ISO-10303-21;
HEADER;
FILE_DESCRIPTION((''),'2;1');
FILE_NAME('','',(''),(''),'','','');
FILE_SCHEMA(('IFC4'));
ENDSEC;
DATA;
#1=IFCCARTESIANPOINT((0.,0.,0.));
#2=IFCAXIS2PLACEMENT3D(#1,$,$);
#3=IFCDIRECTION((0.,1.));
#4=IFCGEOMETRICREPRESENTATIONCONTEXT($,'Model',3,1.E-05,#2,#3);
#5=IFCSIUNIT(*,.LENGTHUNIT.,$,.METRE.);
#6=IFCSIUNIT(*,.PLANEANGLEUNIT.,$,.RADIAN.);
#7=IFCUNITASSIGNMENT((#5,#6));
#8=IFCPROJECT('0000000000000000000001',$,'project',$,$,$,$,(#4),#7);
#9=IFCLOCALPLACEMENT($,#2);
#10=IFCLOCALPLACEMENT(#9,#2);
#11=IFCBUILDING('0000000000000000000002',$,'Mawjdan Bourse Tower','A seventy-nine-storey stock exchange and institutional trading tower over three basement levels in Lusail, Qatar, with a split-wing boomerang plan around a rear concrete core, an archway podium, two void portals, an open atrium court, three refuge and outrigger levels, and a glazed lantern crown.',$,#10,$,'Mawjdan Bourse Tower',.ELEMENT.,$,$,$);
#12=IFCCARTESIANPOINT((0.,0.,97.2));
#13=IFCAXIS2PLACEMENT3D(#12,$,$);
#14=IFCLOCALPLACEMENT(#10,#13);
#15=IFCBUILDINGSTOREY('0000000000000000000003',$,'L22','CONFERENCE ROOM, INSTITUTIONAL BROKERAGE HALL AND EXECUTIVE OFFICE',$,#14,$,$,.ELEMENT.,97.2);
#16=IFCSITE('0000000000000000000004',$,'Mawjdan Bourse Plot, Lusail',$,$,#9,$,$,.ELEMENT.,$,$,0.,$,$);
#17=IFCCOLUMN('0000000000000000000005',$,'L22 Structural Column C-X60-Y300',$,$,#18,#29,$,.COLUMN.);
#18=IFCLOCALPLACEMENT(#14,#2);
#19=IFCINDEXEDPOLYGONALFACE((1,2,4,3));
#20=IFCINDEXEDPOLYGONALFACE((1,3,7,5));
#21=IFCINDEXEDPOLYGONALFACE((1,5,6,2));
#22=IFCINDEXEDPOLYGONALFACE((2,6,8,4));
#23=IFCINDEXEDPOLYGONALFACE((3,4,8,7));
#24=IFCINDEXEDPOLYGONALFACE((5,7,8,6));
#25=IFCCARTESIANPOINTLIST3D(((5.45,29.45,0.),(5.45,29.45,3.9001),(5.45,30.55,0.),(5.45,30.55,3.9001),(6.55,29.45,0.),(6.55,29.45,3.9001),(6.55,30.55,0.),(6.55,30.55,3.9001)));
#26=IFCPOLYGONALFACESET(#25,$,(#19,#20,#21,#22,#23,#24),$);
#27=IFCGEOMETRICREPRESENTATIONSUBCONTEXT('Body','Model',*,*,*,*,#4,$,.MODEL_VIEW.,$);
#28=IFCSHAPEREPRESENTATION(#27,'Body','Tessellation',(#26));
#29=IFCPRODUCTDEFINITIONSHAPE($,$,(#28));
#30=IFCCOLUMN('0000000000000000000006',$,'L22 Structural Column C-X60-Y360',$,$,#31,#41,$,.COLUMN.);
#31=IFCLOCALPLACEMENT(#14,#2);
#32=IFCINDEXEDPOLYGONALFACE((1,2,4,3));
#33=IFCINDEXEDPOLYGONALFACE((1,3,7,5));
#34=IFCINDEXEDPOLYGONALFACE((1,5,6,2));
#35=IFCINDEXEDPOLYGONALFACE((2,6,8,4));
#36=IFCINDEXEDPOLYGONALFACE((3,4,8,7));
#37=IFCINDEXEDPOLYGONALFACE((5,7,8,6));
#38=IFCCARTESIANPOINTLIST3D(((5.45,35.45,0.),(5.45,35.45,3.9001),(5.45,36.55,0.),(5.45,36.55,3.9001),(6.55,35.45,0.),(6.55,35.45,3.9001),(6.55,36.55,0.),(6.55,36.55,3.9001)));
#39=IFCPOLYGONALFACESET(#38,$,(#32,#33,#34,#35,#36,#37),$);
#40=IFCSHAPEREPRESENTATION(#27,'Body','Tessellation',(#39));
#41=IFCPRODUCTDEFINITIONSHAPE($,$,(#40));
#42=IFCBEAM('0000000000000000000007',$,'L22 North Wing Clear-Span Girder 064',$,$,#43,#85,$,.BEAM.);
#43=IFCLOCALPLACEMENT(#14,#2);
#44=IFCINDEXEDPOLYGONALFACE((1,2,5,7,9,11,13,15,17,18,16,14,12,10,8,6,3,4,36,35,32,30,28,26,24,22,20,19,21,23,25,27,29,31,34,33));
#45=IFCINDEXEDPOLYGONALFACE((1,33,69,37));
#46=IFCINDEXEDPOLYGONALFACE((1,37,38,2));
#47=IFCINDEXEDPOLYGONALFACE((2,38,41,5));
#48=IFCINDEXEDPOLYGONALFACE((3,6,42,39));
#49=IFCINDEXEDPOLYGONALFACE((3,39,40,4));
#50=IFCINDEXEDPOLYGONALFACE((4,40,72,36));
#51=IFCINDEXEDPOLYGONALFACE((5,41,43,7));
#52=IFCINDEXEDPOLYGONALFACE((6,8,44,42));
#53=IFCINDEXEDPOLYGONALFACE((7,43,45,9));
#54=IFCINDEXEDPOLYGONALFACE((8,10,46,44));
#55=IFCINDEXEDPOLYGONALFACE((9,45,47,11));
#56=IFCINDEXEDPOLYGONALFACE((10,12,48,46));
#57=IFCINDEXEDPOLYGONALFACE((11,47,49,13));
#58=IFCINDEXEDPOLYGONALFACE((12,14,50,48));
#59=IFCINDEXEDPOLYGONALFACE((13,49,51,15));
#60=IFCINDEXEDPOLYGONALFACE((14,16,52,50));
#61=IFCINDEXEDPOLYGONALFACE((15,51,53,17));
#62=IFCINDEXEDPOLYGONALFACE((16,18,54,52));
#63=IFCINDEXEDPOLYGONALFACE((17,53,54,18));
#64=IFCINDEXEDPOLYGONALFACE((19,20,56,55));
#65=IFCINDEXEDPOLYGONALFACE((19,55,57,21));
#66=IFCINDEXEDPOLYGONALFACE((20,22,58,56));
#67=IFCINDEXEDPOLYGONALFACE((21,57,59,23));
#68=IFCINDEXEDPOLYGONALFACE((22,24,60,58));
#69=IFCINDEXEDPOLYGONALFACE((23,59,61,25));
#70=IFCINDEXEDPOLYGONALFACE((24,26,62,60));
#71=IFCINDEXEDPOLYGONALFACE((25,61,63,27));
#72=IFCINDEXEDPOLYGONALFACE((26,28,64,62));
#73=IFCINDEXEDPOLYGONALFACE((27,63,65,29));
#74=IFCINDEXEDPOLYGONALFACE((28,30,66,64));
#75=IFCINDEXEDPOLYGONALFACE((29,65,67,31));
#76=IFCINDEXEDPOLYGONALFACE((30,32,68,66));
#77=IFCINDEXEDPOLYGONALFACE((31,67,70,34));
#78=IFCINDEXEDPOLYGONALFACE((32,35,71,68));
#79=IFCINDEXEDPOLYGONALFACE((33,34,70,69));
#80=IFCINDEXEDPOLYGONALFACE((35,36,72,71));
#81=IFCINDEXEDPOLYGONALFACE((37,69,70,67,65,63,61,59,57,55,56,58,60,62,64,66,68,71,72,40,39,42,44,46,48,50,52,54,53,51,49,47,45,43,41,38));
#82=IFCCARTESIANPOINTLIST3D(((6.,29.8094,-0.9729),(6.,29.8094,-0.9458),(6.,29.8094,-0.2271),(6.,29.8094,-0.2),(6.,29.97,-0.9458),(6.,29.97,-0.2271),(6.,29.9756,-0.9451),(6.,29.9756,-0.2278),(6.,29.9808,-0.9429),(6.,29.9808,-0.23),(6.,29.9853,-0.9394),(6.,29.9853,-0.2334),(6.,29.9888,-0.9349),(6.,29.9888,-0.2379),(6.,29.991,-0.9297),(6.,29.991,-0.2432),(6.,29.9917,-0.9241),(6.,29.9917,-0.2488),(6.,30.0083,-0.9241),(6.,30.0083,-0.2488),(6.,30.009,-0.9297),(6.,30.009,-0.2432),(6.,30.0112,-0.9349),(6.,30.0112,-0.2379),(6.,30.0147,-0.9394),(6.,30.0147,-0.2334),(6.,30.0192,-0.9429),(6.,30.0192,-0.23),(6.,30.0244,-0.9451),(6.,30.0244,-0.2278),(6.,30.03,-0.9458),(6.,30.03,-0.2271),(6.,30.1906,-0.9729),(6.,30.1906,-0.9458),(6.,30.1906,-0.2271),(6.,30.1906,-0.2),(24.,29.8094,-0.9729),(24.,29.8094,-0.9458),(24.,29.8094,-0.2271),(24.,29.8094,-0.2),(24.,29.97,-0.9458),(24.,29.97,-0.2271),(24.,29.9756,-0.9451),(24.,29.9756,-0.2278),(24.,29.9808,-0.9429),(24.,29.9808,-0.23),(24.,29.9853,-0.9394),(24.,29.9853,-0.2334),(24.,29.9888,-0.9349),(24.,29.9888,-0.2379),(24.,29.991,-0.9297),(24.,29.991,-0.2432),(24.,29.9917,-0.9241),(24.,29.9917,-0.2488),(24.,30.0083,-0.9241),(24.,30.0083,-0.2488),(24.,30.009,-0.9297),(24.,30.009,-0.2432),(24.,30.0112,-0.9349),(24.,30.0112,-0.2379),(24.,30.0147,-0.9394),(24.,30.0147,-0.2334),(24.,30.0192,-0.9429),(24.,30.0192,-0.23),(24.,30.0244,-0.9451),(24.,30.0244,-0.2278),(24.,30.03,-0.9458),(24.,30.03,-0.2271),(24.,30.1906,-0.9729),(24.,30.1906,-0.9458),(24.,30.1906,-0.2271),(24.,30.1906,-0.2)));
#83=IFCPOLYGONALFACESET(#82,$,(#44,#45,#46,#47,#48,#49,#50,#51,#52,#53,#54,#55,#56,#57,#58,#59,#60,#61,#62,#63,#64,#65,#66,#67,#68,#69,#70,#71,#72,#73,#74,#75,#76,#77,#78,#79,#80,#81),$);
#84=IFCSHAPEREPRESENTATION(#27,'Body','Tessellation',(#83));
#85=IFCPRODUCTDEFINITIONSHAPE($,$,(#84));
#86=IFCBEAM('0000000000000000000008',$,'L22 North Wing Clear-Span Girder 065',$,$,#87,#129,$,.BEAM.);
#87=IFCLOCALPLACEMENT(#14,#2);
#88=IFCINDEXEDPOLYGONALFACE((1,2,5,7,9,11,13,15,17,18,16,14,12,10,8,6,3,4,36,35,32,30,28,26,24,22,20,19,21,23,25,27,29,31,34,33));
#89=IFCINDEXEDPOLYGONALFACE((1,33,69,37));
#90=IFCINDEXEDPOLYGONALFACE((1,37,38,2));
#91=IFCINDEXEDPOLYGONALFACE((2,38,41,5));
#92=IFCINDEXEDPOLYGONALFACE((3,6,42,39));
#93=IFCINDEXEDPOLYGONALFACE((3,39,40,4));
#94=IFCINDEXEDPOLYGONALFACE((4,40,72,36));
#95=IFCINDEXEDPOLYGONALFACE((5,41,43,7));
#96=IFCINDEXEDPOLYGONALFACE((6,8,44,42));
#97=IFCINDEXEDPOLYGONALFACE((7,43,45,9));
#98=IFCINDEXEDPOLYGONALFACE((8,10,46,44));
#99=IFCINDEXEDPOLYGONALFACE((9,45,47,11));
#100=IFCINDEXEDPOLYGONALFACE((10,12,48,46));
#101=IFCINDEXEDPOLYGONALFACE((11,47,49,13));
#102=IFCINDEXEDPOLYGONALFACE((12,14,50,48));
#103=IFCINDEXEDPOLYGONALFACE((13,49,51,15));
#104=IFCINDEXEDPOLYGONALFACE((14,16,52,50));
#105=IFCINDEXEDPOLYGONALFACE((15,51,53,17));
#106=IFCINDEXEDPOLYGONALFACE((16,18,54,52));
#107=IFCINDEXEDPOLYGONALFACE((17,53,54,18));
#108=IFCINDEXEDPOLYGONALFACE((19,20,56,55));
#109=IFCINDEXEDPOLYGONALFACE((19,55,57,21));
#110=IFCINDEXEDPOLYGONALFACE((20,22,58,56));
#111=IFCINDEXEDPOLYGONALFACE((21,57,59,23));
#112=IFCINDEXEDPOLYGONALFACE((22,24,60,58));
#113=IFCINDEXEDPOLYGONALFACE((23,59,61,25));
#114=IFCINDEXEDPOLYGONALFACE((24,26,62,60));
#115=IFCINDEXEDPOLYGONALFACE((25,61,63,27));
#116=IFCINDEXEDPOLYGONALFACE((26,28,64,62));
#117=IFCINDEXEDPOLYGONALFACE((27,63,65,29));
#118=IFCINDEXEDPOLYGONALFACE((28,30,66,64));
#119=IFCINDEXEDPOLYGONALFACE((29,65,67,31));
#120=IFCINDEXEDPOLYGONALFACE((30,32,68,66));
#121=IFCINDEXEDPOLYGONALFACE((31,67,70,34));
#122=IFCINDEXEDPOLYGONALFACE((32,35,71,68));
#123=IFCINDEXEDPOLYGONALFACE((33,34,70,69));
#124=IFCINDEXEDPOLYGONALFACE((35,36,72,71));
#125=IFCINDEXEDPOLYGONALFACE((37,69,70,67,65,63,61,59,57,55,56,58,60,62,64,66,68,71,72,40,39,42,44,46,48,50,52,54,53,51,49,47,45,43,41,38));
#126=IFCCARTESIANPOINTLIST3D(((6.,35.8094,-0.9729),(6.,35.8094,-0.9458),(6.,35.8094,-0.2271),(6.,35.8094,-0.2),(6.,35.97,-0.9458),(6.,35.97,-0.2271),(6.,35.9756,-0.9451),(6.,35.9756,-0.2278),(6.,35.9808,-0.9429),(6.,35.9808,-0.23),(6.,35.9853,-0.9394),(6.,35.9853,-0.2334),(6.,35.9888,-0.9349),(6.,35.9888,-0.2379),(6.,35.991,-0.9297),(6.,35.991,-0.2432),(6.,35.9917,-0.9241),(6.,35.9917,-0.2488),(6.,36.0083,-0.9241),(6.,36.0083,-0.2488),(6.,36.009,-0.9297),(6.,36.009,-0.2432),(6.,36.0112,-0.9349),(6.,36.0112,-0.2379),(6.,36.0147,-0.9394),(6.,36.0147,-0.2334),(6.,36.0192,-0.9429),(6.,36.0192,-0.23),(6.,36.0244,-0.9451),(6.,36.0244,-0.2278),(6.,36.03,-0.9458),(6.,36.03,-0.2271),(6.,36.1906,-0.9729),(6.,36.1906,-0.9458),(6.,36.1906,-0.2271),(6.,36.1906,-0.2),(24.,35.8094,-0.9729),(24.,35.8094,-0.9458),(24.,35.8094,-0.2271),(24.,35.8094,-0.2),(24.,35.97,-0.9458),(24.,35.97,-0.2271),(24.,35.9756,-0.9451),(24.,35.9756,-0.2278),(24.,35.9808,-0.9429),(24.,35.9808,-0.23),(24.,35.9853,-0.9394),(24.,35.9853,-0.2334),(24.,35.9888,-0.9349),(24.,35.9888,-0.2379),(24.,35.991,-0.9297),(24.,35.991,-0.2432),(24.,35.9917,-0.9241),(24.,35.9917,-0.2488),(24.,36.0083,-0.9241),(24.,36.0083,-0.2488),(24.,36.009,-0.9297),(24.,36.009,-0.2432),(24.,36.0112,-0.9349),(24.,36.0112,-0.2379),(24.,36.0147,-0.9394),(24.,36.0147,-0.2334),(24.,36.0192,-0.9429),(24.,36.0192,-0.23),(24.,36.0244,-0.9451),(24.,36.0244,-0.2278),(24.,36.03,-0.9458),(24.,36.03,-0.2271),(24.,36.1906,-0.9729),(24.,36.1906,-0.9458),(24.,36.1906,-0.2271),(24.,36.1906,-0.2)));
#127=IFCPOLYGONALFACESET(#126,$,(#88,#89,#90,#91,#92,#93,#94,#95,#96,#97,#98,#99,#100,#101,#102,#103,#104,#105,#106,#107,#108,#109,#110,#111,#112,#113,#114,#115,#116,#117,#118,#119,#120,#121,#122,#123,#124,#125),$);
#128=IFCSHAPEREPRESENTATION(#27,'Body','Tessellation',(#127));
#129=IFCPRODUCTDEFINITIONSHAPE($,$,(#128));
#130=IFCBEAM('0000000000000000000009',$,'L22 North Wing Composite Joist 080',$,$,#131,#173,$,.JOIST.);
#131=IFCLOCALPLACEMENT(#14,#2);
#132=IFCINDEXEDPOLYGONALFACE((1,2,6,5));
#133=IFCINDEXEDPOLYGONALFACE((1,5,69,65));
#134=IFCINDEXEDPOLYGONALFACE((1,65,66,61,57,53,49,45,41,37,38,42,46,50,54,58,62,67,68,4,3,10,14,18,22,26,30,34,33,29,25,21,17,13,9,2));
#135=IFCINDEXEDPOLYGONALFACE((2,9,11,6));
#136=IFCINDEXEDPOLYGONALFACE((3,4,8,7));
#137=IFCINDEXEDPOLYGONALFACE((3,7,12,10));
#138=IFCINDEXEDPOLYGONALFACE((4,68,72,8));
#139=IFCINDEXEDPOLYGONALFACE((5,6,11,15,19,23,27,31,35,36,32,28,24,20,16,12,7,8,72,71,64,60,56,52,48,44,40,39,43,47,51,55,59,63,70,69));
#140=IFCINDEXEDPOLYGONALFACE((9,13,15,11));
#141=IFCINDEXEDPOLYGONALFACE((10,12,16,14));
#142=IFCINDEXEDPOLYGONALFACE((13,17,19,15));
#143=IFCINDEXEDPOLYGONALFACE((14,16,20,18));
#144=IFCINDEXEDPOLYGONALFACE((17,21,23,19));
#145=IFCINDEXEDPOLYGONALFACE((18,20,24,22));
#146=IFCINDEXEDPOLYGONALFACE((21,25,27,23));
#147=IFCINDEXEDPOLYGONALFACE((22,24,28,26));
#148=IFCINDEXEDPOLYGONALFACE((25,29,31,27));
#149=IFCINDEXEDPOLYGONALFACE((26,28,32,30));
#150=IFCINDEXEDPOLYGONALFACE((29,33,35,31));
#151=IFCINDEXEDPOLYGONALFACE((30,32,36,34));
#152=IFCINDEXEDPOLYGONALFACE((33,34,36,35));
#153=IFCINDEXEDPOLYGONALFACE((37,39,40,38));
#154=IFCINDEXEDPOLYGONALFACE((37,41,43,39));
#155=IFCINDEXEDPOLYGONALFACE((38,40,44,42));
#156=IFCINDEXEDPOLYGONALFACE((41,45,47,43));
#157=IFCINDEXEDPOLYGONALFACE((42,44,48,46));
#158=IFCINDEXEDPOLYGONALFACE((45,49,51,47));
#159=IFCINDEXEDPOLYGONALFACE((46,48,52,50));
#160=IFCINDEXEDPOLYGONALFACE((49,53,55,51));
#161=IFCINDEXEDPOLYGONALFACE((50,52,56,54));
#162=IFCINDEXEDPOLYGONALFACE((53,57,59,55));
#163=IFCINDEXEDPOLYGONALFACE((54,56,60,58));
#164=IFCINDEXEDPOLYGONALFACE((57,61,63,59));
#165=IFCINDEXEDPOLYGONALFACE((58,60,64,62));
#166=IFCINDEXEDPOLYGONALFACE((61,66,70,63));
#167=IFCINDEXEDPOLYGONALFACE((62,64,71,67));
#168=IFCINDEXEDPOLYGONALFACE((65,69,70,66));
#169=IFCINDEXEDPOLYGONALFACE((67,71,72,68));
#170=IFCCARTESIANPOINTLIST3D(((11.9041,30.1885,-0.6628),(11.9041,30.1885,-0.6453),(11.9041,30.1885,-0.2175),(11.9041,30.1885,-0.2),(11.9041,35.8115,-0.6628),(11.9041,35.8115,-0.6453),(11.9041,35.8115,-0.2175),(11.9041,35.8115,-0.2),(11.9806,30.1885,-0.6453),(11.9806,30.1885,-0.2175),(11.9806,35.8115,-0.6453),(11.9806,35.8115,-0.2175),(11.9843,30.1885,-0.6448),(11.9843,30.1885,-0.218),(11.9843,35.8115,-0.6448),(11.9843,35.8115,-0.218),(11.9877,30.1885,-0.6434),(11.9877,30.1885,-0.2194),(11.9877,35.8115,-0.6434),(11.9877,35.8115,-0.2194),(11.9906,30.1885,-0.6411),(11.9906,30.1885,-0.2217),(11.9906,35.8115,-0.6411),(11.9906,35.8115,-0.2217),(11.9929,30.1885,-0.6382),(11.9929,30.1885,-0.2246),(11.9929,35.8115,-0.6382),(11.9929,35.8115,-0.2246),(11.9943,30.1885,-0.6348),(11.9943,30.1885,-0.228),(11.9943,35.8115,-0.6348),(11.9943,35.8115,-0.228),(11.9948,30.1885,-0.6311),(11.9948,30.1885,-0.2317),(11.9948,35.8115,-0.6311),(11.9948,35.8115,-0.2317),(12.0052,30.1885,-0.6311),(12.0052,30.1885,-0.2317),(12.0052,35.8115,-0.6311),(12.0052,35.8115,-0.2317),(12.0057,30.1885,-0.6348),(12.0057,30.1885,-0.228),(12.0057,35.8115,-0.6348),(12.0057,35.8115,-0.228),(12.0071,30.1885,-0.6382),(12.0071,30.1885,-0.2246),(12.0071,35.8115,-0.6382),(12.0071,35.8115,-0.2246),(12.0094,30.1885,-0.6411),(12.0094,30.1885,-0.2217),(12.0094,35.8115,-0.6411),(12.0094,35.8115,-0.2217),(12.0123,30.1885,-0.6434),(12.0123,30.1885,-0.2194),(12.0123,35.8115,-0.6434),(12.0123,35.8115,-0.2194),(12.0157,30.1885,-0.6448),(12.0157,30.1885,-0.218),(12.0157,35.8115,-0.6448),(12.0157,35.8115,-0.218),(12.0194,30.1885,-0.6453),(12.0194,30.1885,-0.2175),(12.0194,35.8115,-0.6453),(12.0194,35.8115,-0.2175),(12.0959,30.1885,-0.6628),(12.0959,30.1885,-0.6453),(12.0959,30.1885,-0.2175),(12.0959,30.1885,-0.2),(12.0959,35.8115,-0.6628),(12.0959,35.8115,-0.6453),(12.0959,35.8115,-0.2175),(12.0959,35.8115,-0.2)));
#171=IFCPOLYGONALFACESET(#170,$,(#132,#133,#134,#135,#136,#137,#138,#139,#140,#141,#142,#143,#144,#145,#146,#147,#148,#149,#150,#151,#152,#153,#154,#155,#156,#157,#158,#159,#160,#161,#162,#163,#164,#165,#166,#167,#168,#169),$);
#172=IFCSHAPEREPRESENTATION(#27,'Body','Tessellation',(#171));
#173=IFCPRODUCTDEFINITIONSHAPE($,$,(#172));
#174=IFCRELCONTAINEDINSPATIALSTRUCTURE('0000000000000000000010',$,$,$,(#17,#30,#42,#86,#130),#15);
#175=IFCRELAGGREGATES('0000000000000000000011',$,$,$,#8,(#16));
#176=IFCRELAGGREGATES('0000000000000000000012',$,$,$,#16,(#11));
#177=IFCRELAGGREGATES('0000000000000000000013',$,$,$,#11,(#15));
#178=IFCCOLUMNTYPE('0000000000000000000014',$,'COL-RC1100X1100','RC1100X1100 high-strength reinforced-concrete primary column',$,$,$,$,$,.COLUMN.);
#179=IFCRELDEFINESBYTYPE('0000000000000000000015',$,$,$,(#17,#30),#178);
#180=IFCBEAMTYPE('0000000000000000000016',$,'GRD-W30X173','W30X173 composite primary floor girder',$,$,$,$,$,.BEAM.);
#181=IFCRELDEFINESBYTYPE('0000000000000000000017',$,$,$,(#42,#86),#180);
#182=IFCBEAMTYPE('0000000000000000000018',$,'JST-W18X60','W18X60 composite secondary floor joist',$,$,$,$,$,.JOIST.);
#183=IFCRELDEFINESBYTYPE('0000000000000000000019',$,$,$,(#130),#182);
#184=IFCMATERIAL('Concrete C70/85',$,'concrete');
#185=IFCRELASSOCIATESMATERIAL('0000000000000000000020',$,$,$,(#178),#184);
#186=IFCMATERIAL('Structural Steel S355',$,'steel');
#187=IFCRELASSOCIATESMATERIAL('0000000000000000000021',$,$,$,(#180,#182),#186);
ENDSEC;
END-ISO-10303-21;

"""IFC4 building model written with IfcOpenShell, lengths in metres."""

from ifc_helpers import new_model, si_unit, direction, frame, origin, origin_2d, place, context, subcontext, project, spatial, rectangle, i_section, extrude, material, material_profile, profile_set, type_object, element, save


model = new_model("IFC4")

# Units and contexts
model_context = context("Model", 3, precision=1e-05, world=origin(), true_north=direction((0.0, 1.0)))
body_context = subcontext(model_context, "Body", "Model", "MODEL_VIEW")
ifc_project = project(units=[si_unit("LENGTHUNIT", "METRE"), si_unit("PLANEANGLEUNIT", "RADIAN")], contexts=[model_context])

# Site, building, storey
site_placement = place(None, origin())
site = spatial("IfcSite", under=ifc_project, at=site_placement, Name="Mawjdan Bourse Plot, Lusail", CompositionType="ELEMENT", RefElevation=0.0)
building_placement = place(site_placement, origin())
building = spatial("IfcBuilding", under=site, at=building_placement, Name="Mawjdan Bourse Tower", Description="A seventy-nine-storey stock exchange and institutional trading tower over three basement levels in Lusail, Qatar, with a split-wing boomerang plan around a rear concrete core, an archway podium, two void portals, an open atrium court, three refuge and outrigger levels, and a glazed lantern crown.", LongName="Mawjdan Bourse Tower", CompositionType="ELEMENT")
storey_placement = place(building_placement, frame((0.0, 0.0, 97.2)))
storey = spatial("IfcBuildingStorey", under=building, at=storey_placement, Name="L22", Description="CONFERENCE ROOM, INSTITUTIONAL BROKERAGE HALL AND EXECUTIVE OFFICE", CompositionType="ELEMENT", Elevation=97.2)

# Columns
ifc_material_1 = material(Name="Concrete C70/85", Category="concrete")
ifc_material_profile_1 = material_profile(ifc_material_1, rectangle(XDim=1.1001, YDim=1.1001, at=origin_2d()), Name="RC1100X1100")
ifc_profile_set_1 = profile_set([ifc_material_profile_1], Name="Concrete C70/85")
column_type = type_object("IfcColumnType", Name="COL-RC1100X1100", Description="RC1100X1100 high-strength reinforced-concrete primary column", PredefinedType="COLUMN", material=ifc_profile_set_1)
for number, where, z_axis, x_axis, name in (
    (1, (6.0, 30.0, 0.0), (0.0, 0.0, 1.0), (1.0, 0.0, 0.0), "L22 Structural Column C-X60-Y300"),
    (2, (6.0, 36.0, 0.0), (0.0, 0.0, 1.0), (1.0, 0.0, 0.0), "L22 Structural Column C-X60-Y360"),
):
    element("IfcColumn", number, at=place(storey_placement, frame(where, z_axis=z_axis, x_axis=x_axis)), inside=storey, type_object=column_type, Name=name, PredefinedType="COLUMN", context=body_context, shape_type="SweptSolid", body=[
        extrude(rectangle(XDim=1.1001, YDim=1.1001, at=origin_2d()), origin(), (0.0, 0.0, 1.0), 3.9001),
    ])

# Beams
ifc_material_2 = material(Name="Structural Steel S355", Category="steel")
ifc_material_profile_2 = material_profile(ifc_material_2, i_section(OverallWidth=0.3811, OverallDepth=0.7729, WebThickness=0.0166, FlangeThickness=0.0271, FilletRadius=0.0217, at=origin_2d()), Name="W30X173")
ifc_profile_set_2 = profile_set([ifc_material_profile_2], Name="Structural Steel S355")
beam_type_1 = type_object("IfcBeamType", Name="GRD-W30X173", Description="W30X173 composite primary floor girder", PredefinedType="BEAM", material=ifc_profile_set_2)
for number, where, z_axis, x_axis, name in (
    (3, (6.0, 30.0, -0.5864), (1.0, 0.0, 0.0), (0.0, 1.0, 0.0), "L22 North Wing Clear-Span Girder 064"),
    (4, (6.0, 36.0, -0.5864), (1.0, 0.0, 0.0), (0.0, 1.0, 0.0), "L22 North Wing Clear-Span Girder 065"),
):
    element("IfcBeam", number, at=place(storey_placement, frame(where, z_axis=z_axis, x_axis=x_axis)), inside=storey, type_object=beam_type_1, Name=name, PredefinedType="BEAM", context=body_context, shape_type="SweptSolid", body=[
        extrude(i_section(OverallWidth=0.3811, OverallDepth=0.7729, WebThickness=0.0166, FlangeThickness=0.0271, FilletRadius=0.0217, at=origin_2d()), origin(), (0.0, 0.0, 1.0), 18.0),
    ])
ifc_material_profile_3 = material_profile(ifc_material_2, i_section(OverallWidth=0.1919, OverallDepth=0.4629, WebThickness=0.0105, FlangeThickness=0.0176, FilletRadius=0.0142, at=origin_2d()), Name="W18X60")
ifc_profile_set_3 = profile_set([ifc_material_profile_3], Name="Structural Steel S355")
beam_type_2 = type_object("IfcBeamType", Name="JST-W18X60", Description="W18X60 composite secondary floor joist", PredefinedType="JOIST", material=ifc_profile_set_3)
beam_1_placement = place(storey_placement, frame((12.0, 30.1885, -0.4314), z_axis=(0.0, 1.0, 0.0), x_axis=(-1.0, 0.0, 0.0)))
element("IfcBeam", 5, at=beam_1_placement, inside=storey, type_object=beam_type_2, Name="L22 North Wing Composite Joist 080", PredefinedType="JOIST", context=body_context, shape_type="SweptSolid", body=[
    extrude(i_section(OverallWidth=0.1919, OverallDepth=0.4629, WebThickness=0.0105, FlangeThickness=0.0176, FilletRadius=0.0142, at=origin_2d()), origin(), (0.0, 0.0, 1.0), 5.623),
])

save(model, "model.ifc")
